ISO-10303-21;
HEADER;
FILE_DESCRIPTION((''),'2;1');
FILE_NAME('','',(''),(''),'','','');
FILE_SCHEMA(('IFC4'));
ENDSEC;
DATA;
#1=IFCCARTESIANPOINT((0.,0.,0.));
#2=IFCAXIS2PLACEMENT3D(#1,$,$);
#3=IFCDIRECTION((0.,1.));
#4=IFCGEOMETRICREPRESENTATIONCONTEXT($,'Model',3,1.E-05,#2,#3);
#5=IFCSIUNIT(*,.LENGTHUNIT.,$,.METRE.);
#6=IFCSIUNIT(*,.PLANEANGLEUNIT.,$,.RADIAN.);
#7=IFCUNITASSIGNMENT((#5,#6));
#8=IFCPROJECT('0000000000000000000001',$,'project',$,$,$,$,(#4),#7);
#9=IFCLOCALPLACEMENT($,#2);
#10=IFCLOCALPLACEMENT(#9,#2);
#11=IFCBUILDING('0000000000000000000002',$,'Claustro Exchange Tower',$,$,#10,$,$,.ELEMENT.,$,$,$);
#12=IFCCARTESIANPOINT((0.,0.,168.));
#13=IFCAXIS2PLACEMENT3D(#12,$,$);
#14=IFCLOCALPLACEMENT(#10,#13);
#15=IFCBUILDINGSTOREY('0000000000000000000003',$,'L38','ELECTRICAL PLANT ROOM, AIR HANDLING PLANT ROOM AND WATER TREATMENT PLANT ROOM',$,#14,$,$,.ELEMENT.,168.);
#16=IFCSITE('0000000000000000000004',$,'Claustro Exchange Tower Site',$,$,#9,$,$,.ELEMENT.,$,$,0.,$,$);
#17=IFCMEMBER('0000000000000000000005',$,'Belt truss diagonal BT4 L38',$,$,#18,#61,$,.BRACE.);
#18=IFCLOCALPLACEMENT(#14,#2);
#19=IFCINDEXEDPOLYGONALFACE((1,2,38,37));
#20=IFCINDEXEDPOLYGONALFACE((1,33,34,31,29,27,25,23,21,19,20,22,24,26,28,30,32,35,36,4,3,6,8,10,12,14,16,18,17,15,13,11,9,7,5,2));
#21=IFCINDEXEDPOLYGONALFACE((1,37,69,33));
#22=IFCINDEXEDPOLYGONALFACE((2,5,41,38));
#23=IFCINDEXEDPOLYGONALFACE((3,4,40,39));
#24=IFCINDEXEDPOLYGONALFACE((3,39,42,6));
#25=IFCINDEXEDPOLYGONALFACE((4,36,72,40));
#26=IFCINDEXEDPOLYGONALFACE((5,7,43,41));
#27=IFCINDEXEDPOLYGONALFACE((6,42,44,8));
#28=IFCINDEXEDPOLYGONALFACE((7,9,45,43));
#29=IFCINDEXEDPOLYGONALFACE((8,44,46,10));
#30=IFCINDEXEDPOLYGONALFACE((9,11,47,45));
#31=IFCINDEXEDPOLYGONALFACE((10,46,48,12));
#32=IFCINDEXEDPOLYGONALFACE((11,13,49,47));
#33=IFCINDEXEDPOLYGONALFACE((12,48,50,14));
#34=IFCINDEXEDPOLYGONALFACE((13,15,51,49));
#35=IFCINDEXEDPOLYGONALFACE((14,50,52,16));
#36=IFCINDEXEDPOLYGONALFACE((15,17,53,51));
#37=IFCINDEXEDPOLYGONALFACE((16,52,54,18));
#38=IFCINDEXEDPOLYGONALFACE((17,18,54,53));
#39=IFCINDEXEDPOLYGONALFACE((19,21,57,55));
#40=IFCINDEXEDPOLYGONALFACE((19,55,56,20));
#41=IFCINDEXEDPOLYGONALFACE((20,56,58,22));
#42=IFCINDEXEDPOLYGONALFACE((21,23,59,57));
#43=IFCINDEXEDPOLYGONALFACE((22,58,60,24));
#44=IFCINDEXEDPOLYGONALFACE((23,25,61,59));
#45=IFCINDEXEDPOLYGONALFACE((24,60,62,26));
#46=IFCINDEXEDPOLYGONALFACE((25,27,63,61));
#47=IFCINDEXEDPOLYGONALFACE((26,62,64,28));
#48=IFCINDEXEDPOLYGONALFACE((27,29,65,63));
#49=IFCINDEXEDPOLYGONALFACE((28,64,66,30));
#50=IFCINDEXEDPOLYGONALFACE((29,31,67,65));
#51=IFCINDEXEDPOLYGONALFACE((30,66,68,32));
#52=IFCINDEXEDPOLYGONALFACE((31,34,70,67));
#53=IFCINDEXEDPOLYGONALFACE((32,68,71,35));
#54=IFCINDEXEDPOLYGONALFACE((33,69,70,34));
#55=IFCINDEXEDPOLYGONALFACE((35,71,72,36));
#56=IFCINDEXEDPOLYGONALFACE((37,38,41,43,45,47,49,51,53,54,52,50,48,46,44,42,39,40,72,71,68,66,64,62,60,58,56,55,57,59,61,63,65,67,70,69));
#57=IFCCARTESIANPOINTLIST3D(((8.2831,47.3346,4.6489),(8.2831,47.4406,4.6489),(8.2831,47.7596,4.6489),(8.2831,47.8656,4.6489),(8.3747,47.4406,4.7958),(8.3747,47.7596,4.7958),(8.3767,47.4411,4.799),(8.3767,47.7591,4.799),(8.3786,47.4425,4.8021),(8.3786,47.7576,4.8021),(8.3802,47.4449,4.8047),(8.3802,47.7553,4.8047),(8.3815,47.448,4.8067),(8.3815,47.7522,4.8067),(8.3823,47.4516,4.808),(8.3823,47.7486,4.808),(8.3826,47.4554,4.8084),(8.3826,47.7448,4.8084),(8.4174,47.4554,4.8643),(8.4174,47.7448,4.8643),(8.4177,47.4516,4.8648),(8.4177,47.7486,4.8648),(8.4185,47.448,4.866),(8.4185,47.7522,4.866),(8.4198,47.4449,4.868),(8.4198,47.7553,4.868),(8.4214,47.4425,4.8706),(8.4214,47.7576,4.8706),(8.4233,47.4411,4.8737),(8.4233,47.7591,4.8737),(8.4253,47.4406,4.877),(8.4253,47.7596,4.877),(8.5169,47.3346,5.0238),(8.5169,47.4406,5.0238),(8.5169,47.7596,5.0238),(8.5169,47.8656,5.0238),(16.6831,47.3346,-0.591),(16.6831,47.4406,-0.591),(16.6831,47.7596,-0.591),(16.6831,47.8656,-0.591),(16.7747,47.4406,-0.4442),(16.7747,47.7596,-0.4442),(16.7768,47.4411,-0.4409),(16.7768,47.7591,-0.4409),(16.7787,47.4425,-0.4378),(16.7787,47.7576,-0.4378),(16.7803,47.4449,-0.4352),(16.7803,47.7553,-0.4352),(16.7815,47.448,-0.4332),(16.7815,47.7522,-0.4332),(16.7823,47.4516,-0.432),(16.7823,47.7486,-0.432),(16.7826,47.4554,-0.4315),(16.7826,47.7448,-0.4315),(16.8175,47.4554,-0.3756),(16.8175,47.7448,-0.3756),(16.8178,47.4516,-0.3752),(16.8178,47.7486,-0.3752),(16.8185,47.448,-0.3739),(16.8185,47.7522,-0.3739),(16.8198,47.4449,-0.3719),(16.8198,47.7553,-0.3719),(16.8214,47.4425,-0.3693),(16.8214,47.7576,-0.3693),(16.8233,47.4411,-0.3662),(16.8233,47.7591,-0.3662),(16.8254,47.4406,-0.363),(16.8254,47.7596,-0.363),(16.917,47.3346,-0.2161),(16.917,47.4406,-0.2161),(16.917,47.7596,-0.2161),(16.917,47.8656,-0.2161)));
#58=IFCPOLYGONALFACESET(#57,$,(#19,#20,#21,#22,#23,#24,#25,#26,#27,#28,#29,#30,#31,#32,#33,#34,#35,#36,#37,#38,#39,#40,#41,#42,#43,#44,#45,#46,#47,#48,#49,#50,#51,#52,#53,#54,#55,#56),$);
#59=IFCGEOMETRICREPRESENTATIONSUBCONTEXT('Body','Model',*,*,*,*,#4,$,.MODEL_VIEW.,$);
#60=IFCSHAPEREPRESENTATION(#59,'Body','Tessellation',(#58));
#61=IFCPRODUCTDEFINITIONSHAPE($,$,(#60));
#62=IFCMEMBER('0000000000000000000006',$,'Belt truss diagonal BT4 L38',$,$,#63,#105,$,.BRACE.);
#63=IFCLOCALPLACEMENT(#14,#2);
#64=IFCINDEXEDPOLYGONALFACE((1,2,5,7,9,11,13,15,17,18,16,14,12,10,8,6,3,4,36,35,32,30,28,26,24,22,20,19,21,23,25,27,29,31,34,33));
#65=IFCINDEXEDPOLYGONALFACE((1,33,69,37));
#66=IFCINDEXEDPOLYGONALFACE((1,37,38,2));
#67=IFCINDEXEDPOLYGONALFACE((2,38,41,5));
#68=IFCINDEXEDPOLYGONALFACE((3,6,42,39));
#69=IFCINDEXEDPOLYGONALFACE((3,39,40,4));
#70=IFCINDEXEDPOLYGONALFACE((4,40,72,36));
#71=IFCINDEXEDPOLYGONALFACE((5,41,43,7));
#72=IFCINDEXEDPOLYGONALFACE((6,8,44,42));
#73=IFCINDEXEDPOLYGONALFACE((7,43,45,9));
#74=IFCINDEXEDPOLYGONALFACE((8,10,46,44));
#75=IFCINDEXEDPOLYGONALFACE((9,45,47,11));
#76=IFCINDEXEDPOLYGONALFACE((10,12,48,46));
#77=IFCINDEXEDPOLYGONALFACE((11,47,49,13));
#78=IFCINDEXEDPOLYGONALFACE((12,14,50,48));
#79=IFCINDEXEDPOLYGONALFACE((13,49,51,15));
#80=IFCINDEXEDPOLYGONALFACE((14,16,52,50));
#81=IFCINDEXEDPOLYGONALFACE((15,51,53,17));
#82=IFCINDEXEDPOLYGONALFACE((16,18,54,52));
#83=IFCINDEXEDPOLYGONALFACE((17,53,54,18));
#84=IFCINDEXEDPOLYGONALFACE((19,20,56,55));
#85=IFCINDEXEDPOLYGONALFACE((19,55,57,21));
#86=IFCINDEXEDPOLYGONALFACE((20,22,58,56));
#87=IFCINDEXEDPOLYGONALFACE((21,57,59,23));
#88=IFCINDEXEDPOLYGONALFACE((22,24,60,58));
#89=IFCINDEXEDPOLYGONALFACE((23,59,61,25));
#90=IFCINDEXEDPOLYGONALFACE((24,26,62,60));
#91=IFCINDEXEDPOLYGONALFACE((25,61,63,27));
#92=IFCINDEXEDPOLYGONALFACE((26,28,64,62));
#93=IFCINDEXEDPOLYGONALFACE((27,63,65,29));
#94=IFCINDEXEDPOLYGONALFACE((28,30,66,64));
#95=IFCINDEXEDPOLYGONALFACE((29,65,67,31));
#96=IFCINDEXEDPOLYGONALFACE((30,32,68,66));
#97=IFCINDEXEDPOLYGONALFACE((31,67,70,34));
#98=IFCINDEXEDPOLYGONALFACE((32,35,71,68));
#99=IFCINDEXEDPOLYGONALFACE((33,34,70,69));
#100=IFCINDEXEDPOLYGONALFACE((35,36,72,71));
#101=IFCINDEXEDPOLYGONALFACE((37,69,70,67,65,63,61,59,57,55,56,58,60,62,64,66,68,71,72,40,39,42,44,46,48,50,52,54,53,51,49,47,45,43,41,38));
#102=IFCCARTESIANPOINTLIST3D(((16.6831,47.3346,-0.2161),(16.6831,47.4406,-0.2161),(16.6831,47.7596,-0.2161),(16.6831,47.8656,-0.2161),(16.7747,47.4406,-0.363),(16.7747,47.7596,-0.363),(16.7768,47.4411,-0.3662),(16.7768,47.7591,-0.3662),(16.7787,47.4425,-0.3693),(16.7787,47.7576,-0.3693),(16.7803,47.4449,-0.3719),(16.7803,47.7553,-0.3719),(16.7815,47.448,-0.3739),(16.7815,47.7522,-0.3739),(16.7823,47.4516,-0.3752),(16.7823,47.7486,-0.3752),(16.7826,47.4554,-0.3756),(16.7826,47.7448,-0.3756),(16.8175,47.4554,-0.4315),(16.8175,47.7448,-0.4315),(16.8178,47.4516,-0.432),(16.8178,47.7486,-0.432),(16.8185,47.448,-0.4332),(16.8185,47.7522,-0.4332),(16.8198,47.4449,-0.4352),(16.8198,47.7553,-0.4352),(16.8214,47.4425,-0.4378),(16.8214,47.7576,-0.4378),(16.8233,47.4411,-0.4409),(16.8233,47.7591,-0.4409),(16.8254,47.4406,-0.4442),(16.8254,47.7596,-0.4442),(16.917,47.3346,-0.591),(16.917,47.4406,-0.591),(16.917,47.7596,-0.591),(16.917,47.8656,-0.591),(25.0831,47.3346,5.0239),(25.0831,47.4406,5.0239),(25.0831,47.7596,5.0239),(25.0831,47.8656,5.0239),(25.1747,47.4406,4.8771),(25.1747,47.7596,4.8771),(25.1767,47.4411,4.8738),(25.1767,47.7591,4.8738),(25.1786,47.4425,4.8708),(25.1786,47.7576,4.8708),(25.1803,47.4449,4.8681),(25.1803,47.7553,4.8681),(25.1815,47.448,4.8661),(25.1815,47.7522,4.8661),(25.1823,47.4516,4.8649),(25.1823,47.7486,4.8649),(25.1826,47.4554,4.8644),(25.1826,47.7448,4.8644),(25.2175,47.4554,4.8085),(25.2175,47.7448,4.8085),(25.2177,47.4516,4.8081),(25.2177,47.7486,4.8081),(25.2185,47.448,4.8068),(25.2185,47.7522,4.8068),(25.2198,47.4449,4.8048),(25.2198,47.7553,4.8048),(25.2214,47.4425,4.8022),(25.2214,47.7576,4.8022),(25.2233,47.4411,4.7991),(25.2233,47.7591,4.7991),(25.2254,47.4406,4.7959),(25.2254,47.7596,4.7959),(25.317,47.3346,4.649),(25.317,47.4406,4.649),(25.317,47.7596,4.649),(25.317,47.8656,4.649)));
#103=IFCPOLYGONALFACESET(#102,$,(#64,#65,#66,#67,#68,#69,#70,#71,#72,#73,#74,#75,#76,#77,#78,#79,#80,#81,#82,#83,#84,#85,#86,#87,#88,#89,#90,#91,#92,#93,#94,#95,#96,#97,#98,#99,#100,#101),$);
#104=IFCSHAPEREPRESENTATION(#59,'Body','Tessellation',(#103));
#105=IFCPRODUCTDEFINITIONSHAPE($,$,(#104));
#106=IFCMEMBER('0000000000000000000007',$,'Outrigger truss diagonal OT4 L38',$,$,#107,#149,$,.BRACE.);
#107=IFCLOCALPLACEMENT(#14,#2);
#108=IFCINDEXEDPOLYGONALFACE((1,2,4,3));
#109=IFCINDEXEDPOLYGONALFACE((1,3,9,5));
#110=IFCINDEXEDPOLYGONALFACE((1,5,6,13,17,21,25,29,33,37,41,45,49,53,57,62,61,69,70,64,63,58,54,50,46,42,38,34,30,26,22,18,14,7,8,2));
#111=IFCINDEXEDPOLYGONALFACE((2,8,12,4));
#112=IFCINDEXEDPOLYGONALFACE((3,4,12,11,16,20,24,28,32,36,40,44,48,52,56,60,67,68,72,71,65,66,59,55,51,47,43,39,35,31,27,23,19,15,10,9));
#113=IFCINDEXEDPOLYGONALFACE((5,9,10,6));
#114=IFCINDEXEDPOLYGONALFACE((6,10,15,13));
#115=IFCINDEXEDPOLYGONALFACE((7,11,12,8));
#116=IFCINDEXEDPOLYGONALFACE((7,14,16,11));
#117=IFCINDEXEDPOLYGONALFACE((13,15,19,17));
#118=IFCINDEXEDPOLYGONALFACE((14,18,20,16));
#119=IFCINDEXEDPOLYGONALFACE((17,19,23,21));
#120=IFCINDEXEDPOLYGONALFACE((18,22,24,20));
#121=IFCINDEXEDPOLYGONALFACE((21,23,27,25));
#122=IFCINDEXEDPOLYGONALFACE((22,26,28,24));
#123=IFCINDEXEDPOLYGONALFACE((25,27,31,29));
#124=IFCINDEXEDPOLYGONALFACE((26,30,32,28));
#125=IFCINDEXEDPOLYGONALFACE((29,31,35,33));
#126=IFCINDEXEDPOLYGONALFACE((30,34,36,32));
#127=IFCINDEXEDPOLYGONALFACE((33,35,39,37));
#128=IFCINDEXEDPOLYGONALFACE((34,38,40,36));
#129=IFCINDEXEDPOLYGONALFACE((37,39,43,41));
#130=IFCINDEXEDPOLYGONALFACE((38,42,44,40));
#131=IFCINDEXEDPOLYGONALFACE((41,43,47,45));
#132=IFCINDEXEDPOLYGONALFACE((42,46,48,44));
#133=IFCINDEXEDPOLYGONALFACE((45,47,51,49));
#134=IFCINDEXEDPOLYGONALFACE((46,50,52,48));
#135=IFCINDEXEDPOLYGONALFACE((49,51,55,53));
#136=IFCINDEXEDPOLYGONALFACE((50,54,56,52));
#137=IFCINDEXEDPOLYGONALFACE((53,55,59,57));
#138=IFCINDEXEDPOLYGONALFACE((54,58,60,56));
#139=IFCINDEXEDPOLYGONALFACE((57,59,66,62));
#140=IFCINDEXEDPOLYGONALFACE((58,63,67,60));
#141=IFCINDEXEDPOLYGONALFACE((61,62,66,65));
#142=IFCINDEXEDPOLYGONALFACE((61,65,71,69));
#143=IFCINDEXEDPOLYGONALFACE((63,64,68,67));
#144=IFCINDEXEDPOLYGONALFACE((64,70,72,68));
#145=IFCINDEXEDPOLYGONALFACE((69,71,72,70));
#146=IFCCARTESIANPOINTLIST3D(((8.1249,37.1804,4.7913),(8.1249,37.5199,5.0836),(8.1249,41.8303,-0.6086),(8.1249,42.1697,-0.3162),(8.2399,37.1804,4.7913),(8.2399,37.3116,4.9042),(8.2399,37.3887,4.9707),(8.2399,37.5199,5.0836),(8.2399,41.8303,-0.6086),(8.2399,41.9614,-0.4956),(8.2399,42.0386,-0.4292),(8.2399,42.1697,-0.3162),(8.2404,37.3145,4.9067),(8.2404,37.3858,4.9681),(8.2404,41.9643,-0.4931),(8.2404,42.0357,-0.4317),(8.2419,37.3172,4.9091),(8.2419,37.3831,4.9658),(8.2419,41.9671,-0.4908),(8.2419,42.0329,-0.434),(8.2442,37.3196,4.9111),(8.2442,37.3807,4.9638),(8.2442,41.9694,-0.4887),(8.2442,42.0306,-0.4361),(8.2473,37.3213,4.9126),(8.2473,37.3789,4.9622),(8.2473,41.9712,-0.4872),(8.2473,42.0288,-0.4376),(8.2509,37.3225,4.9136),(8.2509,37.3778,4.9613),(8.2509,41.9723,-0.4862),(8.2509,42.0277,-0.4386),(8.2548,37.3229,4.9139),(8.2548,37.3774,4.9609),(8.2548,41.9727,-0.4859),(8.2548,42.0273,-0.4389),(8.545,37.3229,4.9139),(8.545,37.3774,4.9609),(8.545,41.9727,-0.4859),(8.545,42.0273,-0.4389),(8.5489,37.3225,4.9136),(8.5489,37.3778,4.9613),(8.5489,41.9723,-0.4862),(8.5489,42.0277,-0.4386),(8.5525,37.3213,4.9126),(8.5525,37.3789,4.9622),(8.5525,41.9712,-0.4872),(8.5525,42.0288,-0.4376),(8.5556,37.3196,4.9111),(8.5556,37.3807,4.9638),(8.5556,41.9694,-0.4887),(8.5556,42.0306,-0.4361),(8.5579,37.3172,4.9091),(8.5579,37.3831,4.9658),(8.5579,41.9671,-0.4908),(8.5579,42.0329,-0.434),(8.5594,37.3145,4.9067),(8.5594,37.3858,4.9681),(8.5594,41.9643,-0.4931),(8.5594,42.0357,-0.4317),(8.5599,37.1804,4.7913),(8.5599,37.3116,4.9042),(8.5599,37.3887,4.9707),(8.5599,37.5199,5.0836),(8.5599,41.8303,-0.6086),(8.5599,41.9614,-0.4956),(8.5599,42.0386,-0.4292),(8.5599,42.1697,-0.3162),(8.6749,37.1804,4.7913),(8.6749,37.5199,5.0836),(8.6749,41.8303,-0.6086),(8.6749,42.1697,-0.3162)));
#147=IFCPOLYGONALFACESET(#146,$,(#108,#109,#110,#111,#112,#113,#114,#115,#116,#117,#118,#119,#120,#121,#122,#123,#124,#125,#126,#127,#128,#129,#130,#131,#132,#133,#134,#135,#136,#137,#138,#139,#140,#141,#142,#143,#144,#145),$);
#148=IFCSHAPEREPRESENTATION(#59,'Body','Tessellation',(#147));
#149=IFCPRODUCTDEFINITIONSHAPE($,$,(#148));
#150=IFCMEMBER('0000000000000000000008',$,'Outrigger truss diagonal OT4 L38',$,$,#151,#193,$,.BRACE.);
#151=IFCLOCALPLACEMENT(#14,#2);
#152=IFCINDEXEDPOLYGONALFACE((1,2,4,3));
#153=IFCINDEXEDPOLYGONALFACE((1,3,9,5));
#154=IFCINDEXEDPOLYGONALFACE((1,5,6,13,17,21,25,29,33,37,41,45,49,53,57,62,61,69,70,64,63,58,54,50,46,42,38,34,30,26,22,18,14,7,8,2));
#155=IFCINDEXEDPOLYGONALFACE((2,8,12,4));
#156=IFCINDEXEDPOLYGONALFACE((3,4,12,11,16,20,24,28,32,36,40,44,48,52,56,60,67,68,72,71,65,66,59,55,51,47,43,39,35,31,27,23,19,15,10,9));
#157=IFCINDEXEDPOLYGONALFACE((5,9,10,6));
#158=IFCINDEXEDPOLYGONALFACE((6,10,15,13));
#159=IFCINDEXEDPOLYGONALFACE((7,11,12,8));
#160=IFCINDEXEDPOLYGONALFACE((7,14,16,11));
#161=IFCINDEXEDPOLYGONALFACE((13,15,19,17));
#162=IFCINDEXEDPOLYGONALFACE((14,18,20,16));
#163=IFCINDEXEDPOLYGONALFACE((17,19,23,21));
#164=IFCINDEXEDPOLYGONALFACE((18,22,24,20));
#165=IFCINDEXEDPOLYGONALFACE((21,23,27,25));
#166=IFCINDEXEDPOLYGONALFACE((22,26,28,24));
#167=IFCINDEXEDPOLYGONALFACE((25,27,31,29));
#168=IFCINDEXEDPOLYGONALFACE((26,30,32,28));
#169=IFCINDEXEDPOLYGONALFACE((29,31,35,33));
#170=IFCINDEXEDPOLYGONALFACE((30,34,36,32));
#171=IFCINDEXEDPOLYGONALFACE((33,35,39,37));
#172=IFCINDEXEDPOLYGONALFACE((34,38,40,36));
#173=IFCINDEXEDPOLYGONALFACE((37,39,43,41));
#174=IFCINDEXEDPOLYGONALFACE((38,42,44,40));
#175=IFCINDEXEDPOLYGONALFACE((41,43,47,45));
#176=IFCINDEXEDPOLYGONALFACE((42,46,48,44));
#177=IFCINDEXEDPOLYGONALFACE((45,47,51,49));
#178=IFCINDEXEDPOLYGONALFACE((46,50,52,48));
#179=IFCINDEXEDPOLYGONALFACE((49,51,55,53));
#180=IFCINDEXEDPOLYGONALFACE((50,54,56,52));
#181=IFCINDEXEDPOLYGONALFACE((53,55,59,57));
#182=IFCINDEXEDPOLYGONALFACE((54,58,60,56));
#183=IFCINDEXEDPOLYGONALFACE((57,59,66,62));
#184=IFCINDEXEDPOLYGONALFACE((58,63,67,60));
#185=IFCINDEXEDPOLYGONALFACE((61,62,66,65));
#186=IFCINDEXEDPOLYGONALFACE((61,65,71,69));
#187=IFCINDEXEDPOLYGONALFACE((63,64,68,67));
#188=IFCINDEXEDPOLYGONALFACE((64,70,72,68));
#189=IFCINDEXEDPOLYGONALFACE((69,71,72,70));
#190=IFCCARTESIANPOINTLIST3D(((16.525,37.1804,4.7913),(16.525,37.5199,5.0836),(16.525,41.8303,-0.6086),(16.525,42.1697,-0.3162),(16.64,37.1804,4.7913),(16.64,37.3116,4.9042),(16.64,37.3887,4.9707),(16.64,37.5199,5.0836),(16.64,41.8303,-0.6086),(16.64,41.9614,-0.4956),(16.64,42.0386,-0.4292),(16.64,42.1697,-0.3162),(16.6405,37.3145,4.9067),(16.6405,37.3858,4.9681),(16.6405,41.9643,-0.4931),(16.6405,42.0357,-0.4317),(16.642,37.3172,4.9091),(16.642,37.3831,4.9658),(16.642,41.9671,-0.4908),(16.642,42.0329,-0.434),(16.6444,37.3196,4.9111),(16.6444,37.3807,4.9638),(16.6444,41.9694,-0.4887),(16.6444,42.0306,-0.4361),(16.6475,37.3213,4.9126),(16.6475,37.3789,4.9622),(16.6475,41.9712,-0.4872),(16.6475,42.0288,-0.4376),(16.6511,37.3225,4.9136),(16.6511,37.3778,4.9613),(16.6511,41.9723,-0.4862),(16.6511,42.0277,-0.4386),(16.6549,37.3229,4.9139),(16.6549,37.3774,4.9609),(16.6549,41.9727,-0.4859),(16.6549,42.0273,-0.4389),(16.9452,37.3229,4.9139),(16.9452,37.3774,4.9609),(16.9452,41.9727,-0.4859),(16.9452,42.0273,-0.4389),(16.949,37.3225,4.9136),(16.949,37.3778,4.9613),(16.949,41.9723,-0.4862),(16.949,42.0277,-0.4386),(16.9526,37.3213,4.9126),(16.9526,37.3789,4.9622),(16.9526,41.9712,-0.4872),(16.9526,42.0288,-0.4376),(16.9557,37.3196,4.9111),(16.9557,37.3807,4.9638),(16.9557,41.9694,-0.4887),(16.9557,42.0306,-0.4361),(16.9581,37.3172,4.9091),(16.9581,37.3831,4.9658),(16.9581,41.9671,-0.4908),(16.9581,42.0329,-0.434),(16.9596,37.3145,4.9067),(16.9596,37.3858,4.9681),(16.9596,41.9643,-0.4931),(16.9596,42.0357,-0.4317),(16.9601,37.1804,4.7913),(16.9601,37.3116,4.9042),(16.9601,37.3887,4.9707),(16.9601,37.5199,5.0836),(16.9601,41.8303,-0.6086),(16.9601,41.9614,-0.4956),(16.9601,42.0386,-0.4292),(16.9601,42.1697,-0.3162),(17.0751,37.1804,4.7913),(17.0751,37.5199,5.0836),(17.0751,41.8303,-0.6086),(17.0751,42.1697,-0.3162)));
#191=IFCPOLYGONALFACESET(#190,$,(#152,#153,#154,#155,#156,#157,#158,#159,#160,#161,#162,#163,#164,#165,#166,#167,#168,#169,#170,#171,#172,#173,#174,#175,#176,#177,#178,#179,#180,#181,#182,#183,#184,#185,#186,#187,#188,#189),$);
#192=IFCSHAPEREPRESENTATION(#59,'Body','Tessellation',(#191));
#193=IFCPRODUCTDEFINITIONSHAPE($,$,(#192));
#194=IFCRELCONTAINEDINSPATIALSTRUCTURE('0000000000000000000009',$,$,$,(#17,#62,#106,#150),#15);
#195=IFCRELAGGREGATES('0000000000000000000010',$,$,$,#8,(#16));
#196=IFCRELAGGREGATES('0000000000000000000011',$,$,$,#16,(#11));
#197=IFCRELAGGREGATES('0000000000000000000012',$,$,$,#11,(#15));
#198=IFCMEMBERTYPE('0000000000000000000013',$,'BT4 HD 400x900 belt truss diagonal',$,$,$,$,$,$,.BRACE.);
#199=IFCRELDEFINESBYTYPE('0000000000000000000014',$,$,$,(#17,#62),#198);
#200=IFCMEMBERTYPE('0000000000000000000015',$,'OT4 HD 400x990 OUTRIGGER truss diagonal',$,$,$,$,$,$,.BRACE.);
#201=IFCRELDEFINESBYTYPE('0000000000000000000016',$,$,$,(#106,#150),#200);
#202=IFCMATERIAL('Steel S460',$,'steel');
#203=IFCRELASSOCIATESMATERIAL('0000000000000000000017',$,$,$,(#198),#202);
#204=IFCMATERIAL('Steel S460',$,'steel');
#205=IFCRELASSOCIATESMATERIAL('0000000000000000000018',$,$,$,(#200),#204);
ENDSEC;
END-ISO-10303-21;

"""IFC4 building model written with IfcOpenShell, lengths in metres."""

from ifc_helpers import new_model, si_unit, direction, frame, origin, origin_2d, place, context, subcontext, project, spatial, i_section, extrude, material, material_profile, profile_set, type_object, element, save


model = new_model("IFC4")

# Units and contexts
model_context = context("Model", 3, precision=1e-05, world=origin(), true_north=direction((0.0, 1.0)))
body_context = subcontext(model_context, "Body", "Model", "MODEL_VIEW")
ifc_project = project(units=[si_unit("LENGTHUNIT", "METRE"), si_unit("PLANEANGLEUNIT", "RADIAN")], contexts=[model_context])

# Site, building, storey
site_placement = place(None, origin())
site = spatial("IfcSite", under=ifc_project, at=site_placement, Name="Claustro Exchange Tower Site", CompositionType="ELEMENT", RefElevation=0.0)
building_placement = place(site_placement, origin())
building = spatial("IfcBuilding", under=site, at=building_placement, Name="Claustro Exchange Tower", CompositionType="ELEMENT")
storey_placement = place(building_placement, frame((0.0, 0.0, 168.0)))
storey = spatial("IfcBuildingStorey", under=building, at=storey_placement, Name="L38", Description="ELECTRICAL PLANT ROOM, AIR HANDLING PLANT ROOM AND WATER TREATMENT PLANT ROOM", CompositionType="ELEMENT", Elevation=168.0)

# Members
ifc_material_1 = material(Name="Steel S460", Category="steel")
ifc_material_profile_1 = material_profile(ifc_material_1, i_section(OverallWidth=0.4419, OverallDepth=0.531, WebThickness=0.0659, FlangeThickness=0.106, FilletRadius=0.0149, at=origin_2d()), Name="HD 400x900")
ifc_profile_set_1 = profile_set([ifc_material_profile_1], Name="Steel S460")
member_type_1 = type_object("IfcMemberType", Name="BT4 HD 400x900 belt truss diagonal", PredefinedType="BRACE", material=ifc_profile_set_1)
for number, where, z_axis, x_axis, name in (
    (1, (16.8, 47.6001, -0.4036), (-0.848457, 0.0, 0.529265), (0.529265, 0.0, 0.848457), "Belt truss diagonal BT4 L38"),
    (2, (16.8, 47.6001, -0.4036), (0.84845, 0.0, 0.529276), (-0.529276, 0.0, 0.84845), "Belt truss diagonal BT4 L38"),
):
    element("IfcMember", number, at=place(storey_placement, frame(where, z_axis=z_axis, x_axis=x_axis)), inside=storey, type_object=member_type_1, Name=name, PredefinedType="BRACE", context=body_context, shape_type="SweptSolid", body=[
        extrude(i_section(OverallWidth=0.4419, OverallDepth=0.531, WebThickness=0.0659, FlangeThickness=0.106, FilletRadius=0.0149, at=origin_2d()), origin(), (0.0, 0.0, 1.0), 9.9004),
    ])
ifc_material_2 = material(Name="Steel S460", Category="steel")
ifc_material_profile_2 = material_profile(ifc_material_2, i_section(OverallWidth=0.448, OverallDepth=0.55, WebThickness=0.072, FlangeThickness=0.115, FilletRadius=0.0149, at=origin_2d()), Name="HD 400x990")
ifc_profile_set_2 = profile_set([ifc_material_profile_2], Name="Steel S460")
member_type_2 = type_object("IfcMemberType", Name="OT4 HD 400x990 OUTRIGGER truss diagonal", PredefinedType="BRACE", material=ifc_profile_set_2)
for number, where, z_axis, x_axis, name in (
    (3, (8.3999, 42.0, -0.4624), (0.0, -0.652522, 0.75777), (0.0, 0.75777, 0.652522), "Outrigger truss diagonal OT4 L38"),
    (4, (16.8, 42.0, -0.4624), (0.0, -0.652522, 0.75777), (0.0, 0.75777, 0.652522), "Outrigger truss diagonal OT4 L38"),
):
    element("IfcMember", number, at=place(storey_placement, frame(where, z_axis=z_axis, x_axis=x_axis)), inside=storey, type_object=member_type_2, Name=name, PredefinedType="BRACE", context=body_context, shape_type="SweptSolid", body=[
        extrude(i_section(OverallWidth=0.448, OverallDepth=0.55, WebThickness=0.072, FlangeThickness=0.115, FilletRadius=0.0149, at=origin_2d()), origin(), (0.0, 0.0, 1.0), 7.126),
    ])

save(model, "model.ifc")
